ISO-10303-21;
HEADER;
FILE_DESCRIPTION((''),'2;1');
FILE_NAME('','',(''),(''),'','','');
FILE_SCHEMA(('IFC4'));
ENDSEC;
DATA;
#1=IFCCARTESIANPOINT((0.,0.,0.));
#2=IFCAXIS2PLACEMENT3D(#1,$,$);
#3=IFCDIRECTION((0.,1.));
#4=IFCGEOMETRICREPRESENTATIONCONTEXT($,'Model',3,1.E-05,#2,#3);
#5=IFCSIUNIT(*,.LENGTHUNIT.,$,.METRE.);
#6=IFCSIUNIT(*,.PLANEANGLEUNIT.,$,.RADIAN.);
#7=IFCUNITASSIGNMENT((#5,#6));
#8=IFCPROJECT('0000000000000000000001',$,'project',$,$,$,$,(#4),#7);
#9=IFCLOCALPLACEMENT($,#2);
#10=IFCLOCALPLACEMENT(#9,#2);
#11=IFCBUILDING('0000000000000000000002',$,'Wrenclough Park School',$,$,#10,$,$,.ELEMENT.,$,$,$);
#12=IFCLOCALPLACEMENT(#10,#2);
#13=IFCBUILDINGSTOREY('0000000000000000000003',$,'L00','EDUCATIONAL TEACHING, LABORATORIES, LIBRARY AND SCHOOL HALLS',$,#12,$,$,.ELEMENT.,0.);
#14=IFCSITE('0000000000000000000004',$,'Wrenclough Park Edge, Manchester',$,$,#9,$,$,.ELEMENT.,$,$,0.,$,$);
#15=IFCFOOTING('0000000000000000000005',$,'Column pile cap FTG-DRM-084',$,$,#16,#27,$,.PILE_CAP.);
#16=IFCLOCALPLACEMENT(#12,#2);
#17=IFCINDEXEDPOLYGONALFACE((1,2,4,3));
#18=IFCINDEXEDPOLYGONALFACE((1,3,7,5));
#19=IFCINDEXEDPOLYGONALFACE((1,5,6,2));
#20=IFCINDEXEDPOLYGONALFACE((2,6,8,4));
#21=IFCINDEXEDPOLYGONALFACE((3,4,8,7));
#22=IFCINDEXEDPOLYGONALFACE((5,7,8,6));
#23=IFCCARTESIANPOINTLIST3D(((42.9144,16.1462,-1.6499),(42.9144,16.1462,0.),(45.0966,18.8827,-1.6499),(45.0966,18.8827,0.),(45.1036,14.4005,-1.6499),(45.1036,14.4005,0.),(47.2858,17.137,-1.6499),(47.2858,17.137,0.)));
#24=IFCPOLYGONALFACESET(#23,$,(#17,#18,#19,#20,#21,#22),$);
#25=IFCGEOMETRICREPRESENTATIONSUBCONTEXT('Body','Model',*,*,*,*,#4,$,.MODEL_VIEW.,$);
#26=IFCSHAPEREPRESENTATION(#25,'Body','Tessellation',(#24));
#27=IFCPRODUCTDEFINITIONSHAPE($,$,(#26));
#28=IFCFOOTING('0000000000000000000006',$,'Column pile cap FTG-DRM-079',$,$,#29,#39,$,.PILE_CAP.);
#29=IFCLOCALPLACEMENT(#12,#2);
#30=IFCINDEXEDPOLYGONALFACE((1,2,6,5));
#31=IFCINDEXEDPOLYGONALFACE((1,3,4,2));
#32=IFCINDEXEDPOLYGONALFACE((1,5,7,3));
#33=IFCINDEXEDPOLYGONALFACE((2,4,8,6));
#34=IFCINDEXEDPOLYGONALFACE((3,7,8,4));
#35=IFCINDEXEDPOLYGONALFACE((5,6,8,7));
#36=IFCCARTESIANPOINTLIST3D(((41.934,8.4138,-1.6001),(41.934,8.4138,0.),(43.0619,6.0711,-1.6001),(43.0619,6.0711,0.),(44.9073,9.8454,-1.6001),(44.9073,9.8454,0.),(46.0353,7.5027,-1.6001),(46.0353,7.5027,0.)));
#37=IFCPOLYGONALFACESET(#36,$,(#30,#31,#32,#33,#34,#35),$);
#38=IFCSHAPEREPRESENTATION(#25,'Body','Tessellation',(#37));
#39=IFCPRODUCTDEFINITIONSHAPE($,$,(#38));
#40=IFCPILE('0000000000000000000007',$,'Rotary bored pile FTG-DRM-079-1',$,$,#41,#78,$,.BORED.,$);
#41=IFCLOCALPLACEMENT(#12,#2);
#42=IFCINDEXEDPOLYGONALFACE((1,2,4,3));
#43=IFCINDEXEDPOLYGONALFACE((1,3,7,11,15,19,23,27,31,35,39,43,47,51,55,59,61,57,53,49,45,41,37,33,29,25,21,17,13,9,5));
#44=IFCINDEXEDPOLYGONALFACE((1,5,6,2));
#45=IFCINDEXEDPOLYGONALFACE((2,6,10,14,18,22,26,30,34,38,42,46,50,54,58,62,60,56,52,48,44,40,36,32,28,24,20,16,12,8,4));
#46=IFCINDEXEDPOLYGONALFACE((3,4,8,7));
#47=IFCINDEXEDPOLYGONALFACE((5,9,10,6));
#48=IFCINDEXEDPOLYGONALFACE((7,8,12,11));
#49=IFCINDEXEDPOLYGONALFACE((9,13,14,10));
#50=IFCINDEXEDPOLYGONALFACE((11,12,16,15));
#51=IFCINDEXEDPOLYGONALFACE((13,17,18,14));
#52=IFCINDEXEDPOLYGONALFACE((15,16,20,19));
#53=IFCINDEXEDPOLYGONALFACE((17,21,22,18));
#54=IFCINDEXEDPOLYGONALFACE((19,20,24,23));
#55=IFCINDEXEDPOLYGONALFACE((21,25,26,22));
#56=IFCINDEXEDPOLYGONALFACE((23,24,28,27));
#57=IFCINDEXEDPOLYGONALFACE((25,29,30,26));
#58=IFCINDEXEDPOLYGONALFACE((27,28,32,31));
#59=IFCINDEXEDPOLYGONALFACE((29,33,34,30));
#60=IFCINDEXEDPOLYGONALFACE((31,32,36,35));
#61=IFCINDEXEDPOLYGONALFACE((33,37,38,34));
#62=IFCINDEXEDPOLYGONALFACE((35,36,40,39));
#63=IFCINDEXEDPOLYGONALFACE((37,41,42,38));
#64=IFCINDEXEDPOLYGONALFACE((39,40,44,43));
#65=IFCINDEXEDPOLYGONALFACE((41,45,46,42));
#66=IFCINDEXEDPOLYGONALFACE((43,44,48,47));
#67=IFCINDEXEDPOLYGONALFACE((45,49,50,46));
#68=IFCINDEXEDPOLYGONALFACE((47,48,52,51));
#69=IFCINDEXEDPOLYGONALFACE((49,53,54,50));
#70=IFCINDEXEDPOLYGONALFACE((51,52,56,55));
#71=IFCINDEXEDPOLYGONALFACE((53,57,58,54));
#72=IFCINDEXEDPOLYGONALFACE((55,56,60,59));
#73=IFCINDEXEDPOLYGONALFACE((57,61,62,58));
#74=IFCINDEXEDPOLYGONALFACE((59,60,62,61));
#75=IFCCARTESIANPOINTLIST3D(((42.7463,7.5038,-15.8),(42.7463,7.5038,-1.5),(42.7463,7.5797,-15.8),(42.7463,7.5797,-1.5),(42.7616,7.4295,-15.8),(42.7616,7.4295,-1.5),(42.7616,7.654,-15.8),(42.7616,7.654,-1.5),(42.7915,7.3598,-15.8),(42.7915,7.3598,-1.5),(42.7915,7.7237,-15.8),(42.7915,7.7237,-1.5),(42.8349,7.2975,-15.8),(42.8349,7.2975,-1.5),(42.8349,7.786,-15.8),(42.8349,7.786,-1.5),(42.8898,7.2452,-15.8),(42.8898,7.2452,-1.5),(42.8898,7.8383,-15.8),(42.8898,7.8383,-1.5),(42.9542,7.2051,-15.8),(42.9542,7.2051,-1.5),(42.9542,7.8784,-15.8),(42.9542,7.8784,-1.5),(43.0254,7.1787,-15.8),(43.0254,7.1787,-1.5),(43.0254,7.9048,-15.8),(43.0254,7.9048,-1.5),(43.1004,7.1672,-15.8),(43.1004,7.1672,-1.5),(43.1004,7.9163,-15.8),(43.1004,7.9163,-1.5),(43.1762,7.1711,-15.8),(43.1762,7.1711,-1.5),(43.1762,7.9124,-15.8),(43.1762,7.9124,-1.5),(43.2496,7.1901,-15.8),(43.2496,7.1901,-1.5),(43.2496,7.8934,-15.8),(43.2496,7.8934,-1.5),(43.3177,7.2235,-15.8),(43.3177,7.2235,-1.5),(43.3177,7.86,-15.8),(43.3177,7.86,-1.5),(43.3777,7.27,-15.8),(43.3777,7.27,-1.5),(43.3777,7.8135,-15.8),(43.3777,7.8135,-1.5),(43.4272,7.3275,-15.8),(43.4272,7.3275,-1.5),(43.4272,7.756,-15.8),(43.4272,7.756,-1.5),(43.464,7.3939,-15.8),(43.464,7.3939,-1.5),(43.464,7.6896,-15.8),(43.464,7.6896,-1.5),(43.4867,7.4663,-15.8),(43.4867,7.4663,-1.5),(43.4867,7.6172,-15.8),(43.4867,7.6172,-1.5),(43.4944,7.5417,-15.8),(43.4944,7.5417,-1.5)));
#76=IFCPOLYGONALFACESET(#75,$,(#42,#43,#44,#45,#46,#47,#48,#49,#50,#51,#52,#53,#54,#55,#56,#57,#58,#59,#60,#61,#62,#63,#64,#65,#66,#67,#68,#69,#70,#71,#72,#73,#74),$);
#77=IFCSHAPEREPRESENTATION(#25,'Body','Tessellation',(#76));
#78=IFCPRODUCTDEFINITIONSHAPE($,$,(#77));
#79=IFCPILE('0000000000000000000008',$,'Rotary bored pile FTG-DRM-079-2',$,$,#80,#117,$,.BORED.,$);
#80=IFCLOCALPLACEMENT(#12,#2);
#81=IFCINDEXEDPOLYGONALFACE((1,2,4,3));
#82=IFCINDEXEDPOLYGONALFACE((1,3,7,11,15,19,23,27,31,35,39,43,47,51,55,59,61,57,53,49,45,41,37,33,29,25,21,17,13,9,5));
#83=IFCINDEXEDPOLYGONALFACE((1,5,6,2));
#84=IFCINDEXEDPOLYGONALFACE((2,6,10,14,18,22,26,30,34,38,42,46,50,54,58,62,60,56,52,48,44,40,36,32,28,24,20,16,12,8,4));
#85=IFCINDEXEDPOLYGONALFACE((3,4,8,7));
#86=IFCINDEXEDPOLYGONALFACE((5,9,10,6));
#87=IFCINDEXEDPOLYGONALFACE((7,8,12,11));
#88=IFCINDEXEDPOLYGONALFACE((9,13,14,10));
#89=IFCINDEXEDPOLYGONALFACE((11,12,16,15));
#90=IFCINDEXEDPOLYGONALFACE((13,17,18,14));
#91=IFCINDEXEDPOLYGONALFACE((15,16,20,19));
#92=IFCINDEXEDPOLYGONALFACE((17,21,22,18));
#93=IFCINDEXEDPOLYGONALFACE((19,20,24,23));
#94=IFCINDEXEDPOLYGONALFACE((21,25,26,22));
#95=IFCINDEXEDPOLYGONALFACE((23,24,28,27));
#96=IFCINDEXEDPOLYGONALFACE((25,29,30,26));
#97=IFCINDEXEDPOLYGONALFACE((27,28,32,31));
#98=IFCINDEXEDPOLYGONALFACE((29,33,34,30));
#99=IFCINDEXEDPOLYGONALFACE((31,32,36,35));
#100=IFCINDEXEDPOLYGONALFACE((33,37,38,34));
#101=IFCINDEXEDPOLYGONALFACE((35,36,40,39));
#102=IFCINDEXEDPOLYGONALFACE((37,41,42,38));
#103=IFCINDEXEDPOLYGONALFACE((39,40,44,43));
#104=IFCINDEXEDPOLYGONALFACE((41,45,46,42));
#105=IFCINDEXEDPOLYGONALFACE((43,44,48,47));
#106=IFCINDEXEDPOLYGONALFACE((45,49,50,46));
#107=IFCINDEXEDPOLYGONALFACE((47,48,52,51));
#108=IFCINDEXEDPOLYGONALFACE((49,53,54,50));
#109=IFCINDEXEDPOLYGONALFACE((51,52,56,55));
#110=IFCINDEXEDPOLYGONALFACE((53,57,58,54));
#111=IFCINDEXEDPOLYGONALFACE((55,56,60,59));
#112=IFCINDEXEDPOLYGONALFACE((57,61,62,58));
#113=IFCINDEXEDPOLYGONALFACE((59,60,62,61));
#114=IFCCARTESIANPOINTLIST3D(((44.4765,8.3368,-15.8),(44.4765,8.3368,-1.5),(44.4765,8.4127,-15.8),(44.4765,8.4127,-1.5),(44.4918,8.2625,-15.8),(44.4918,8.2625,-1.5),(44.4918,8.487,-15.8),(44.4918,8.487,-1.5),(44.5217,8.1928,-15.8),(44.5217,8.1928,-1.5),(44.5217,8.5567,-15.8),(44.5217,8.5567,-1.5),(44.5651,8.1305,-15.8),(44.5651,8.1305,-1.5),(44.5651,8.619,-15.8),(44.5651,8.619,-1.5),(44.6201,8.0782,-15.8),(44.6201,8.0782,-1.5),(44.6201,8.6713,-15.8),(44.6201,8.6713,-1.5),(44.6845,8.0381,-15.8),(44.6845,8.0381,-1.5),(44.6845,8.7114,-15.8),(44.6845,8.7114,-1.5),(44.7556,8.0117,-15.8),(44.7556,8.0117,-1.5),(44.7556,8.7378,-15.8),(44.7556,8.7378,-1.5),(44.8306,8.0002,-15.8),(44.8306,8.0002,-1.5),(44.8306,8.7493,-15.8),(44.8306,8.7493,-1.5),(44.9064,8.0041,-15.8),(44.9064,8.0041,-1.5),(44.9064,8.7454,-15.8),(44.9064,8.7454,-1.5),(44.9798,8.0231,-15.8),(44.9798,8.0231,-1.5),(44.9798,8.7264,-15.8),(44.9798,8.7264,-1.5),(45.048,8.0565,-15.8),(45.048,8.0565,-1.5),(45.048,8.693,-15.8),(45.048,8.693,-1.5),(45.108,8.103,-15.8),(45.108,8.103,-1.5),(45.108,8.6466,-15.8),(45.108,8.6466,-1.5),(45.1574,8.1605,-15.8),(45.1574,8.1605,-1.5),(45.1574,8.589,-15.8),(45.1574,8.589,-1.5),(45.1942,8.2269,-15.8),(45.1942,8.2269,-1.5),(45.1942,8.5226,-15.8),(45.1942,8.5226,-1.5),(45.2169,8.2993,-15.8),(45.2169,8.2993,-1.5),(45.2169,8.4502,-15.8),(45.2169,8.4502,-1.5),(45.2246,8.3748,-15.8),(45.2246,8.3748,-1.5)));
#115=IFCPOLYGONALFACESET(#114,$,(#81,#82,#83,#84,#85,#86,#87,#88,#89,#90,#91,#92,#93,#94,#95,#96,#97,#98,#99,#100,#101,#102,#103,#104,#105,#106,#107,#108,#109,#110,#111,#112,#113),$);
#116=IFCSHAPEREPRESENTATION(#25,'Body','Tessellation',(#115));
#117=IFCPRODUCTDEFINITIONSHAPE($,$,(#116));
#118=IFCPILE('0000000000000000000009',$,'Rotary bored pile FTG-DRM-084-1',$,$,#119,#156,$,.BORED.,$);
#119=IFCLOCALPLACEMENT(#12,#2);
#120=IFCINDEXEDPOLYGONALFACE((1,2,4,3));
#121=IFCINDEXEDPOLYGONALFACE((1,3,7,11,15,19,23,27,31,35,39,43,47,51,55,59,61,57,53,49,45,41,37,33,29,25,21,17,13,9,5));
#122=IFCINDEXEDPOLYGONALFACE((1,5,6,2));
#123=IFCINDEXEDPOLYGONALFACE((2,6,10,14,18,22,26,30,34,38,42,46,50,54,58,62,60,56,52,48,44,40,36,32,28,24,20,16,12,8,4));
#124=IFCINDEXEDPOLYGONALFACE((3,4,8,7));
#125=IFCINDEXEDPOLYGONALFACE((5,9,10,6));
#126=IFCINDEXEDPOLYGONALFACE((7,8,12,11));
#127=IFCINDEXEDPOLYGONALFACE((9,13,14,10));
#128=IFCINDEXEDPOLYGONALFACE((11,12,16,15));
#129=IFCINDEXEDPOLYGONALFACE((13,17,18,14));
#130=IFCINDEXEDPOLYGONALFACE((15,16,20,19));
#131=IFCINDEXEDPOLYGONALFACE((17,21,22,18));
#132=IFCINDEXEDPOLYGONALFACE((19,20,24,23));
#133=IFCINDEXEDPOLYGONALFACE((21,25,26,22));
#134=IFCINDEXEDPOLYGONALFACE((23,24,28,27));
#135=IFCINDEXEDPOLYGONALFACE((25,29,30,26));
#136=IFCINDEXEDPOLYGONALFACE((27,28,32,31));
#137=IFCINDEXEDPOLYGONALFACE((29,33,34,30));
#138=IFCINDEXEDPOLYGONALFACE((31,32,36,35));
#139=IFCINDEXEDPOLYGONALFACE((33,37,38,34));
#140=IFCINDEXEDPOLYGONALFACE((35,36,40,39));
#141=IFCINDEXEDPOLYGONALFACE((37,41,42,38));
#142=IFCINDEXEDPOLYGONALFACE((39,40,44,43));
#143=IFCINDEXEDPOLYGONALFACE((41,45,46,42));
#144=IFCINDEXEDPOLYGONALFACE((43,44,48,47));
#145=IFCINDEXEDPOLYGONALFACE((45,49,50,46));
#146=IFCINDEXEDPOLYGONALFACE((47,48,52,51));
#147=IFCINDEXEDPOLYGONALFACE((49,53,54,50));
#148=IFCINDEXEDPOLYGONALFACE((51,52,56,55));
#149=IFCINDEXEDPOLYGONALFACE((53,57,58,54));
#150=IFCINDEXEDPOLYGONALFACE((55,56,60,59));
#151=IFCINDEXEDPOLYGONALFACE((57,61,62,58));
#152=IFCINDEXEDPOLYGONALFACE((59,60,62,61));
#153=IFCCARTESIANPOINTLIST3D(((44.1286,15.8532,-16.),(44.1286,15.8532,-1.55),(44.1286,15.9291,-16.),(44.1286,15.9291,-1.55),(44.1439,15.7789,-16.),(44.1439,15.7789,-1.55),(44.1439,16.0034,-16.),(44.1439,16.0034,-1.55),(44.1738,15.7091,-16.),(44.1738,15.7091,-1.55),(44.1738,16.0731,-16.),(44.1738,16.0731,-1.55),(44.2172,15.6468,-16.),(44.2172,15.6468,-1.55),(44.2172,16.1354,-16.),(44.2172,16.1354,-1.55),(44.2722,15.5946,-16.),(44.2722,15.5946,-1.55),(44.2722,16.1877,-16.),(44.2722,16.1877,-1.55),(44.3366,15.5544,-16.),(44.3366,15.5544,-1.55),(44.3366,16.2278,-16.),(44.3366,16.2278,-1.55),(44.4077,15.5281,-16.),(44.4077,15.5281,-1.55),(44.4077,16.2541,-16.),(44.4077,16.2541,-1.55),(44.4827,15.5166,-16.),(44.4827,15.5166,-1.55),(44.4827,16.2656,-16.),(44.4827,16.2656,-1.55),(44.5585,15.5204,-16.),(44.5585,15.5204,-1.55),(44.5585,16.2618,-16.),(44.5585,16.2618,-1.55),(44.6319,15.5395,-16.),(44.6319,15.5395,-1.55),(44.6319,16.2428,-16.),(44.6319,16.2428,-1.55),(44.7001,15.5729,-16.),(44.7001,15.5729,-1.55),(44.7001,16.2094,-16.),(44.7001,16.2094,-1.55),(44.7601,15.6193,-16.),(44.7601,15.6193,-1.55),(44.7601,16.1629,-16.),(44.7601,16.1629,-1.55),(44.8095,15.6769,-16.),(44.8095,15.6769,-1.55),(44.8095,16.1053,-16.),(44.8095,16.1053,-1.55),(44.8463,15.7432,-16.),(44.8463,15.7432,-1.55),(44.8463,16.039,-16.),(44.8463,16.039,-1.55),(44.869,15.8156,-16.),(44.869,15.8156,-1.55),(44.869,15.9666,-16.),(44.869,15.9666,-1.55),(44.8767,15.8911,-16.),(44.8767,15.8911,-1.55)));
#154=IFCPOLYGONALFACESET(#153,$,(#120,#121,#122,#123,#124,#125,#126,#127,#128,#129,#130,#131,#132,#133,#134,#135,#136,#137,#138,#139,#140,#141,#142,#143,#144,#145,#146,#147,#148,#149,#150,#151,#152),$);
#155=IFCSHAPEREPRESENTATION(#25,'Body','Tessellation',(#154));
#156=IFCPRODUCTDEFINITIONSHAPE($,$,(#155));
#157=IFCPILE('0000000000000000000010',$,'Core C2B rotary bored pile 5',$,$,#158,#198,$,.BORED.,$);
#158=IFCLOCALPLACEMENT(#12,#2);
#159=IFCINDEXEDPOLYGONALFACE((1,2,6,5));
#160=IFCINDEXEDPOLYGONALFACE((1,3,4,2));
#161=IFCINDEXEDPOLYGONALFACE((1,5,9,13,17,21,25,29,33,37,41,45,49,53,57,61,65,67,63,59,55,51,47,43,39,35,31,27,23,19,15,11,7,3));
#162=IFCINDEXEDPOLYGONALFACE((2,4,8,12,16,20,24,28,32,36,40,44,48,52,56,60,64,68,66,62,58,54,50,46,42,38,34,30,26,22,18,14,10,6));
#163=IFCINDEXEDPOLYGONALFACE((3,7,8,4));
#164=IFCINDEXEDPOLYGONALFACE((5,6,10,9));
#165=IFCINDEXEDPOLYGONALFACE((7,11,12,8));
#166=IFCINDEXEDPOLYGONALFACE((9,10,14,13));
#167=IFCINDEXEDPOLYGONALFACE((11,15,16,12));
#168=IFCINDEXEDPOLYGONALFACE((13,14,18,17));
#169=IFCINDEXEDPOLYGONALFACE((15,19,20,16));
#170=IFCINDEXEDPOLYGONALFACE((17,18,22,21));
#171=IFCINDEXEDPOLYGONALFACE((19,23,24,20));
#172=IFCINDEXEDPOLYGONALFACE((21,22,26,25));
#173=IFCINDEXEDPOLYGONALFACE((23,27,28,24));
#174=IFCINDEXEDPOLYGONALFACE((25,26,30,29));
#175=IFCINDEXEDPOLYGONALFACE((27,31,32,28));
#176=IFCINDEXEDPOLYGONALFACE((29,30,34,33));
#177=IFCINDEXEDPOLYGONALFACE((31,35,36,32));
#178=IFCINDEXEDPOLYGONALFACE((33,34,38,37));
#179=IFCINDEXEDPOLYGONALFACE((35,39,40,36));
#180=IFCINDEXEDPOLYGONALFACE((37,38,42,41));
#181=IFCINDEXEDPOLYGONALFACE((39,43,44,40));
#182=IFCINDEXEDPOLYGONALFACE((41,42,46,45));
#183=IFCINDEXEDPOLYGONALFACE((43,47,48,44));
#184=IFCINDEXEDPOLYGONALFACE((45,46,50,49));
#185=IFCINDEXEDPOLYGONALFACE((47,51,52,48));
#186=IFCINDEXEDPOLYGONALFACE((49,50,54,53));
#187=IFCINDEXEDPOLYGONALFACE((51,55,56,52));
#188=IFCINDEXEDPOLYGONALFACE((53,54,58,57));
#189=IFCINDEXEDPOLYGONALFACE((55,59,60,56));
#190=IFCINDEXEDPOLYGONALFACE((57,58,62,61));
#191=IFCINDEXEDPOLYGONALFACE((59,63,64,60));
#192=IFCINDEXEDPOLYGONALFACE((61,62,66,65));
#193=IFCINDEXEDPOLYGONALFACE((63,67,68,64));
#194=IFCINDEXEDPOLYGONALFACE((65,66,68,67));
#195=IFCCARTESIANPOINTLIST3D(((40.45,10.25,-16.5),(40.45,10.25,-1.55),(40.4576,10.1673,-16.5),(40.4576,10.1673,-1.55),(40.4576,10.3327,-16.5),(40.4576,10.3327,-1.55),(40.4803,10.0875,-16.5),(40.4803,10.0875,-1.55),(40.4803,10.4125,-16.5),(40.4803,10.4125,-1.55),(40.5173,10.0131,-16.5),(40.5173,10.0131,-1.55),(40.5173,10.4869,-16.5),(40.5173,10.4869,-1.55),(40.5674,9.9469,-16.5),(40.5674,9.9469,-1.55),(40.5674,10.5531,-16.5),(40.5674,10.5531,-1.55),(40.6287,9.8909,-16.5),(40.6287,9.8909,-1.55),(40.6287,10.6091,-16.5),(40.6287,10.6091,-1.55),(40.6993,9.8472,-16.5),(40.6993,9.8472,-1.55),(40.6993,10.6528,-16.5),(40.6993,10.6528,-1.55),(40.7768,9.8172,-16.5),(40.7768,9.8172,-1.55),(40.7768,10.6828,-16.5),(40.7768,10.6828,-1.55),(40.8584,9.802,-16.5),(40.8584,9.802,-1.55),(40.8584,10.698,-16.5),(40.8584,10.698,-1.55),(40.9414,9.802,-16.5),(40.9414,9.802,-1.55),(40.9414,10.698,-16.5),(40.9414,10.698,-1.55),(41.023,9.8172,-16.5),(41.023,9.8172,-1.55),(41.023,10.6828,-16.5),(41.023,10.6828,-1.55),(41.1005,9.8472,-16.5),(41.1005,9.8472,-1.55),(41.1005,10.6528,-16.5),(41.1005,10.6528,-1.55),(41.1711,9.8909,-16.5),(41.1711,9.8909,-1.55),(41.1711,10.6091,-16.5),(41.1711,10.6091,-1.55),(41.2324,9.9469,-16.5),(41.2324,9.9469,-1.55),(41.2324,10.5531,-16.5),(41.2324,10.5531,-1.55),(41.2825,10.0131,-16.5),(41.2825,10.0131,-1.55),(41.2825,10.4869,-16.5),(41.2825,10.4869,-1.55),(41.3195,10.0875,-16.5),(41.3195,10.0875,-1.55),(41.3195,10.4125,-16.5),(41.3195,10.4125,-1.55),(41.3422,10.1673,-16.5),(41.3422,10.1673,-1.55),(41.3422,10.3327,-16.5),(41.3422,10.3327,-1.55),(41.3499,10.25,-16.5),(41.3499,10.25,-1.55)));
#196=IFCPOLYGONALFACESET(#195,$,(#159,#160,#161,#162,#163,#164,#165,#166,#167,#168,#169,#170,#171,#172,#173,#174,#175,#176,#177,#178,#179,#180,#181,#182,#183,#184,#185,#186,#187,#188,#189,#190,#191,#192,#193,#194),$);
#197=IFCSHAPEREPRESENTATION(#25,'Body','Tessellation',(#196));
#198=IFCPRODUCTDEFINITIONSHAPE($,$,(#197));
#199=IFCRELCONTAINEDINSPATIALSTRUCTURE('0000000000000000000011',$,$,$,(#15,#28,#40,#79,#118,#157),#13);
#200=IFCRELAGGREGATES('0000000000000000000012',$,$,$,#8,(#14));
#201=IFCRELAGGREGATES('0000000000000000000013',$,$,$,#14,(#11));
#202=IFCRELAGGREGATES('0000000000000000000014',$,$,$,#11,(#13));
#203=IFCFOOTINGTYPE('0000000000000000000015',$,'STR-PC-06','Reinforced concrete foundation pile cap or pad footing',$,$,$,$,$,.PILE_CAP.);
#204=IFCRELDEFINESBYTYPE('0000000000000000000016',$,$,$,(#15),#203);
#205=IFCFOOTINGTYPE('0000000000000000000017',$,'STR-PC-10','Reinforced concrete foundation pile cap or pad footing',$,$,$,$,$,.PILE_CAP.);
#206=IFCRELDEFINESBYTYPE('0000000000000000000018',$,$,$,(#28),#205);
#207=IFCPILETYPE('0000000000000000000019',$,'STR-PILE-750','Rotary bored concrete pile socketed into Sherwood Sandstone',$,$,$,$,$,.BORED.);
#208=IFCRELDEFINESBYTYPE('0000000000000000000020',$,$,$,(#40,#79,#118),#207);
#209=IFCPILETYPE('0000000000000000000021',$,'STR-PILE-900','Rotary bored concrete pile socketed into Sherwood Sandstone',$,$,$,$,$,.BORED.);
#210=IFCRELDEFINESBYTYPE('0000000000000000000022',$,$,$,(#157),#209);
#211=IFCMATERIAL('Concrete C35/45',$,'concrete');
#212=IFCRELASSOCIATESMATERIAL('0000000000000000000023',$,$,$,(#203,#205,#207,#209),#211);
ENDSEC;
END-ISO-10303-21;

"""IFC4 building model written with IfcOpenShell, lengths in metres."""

from ifc_helpers import new_model, si_unit, direction, frame, origin, origin_2d, place, context, subcontext, project, spatial, rectangle, circle, extrude, material, material_profile, profile_set, type_object, element, save


model = new_model("IFC4")

# Units and contexts
model_context = context("Model", 3, precision=1e-05, world=origin(), true_north=direction((0.0, 1.0)))
body_context = subcontext(model_context, "Body", "Model", "MODEL_VIEW")
ifc_project = project(units=[si_unit("LENGTHUNIT", "METRE"), si_unit("PLANEANGLEUNIT", "RADIAN")], contexts=[model_context])

# Site, building, storey
site_placement = place(None, origin())
site = spatial("IfcSite", under=ifc_project, at=site_placement, Name="Wrenclough Park Edge, Manchester", CompositionType="ELEMENT", RefElevation=0.0)
building_placement = place(site_placement, origin())
building = spatial("IfcBuilding", under=site, at=building_placement, Name="Wrenclough Park School", CompositionType="ELEMENT")
storey_placement = place(building_placement, origin())
storey = spatial("IfcBuildingStorey", under=building, at=storey_placement, Name="L00", Description="EDUCATIONAL TEACHING, LABORATORIES, LIBRARY AND SCHOOL HALLS", CompositionType="ELEMENT", Elevation=0.0)

# Footings
ifc_material_1 = material(Name="Concrete C35/45", Category="concrete")
footing_type_1 = type_object("IfcFootingType", Name="STR-PC-06", Description="Reinforced concrete foundation pile cap or pad footing", PredefinedType="PILE_CAP", material=ifc_material_1)
footing_1_placement = place(storey_placement, frame((45.1001, 16.6416, -1.6499), z_axis=(0.0, 0.0, 1.0), x_axis=(0.62347, 0.781847, 0.0)))
element("IfcFooting", 1, at=footing_1_placement, inside=storey, type_object=footing_type_1, Name="Column pile cap FTG-DRM-084", PredefinedType="PILE_CAP", context=body_context, shape_type="SweptSolid", body=[
    extrude(rectangle(XDim=3.5, YDim=2.8, at=origin_2d()), origin(), (0.0, 0.0, 1.0), 1.6499),
])
footing_type_2 = type_object("IfcFootingType", Name="STR-PC-10", Description="Reinforced concrete foundation pile cap or pad footing", PredefinedType="PILE_CAP", material=ifc_material_1)
footing_2_placement = place(storey_placement, frame((43.9846, 7.9583, -1.6001), z_axis=(0.0, 0.0, 1.0), x_axis=(0.901001, 0.433816, 0.0)))
element("IfcFooting", 2, at=footing_2_placement, inside=storey, type_object=footing_type_2, Name="Column pile cap FTG-DRM-079", PredefinedType="PILE_CAP", context=body_context, shape_type="SweptSolid", body=[
    extrude(rectangle(XDim=3.3, YDim=2.6001, at=origin_2d()), origin(), (0.0, 0.0, 1.0), 1.6001),
])

# Piles
ifc_material_profile_1 = material_profile(ifc_material_1, circle(Radius=0.375, at=origin_2d()), Name="BORED PILE D750")
ifc_profile_set_1 = profile_set([ifc_material_profile_1], Name="Concrete C35/45")
pile_type_1 = type_object("IfcPileType", Name="STR-PILE-750", Description="Rotary bored concrete pile socketed into Sherwood Sandstone", PredefinedType="BORED", material=ifc_profile_set_1)
for number, where, z_axis, x_axis, name in (
    (3, (43.1194, 7.5417, -1.5), (0.0, 0.0, -1.0), (1.0, 0.0, 0.0), "Rotary bored pile FTG-DRM-079-1"),
    (4, (44.8496, 8.3748, -1.5), (0.0, 0.0, -1.0), (1.0, 0.0, 0.0), "Rotary bored pile FTG-DRM-079-2"),
):
    element("IfcPile", number, at=place(storey_placement, frame(where, z_axis=z_axis, x_axis=x_axis)), inside=storey, type_object=pile_type_1, Name=name, PredefinedType="BORED", context=body_context, shape_type="SweptSolid", body=[
        extrude(circle(Radius=0.375, at=origin_2d()), origin(), (0.0, 0.0, 1.0), 14.3),
    ])
pile_placement = place(storey_placement, frame((44.5017, 15.8911, -1.55), z_axis=(0.0, 0.0, -1.0), x_axis=(1.0, 0.0, 0.0)))
element("IfcPile", 5, at=pile_placement, inside=storey, type_object=pile_type_1, Name="Rotary bored pile FTG-DRM-084-1", PredefinedType="BORED", context=body_context, shape_type="SweptSolid", body=[
    extrude(circle(Radius=0.375, at=origin_2d()), origin(), (0.0, 0.0, 1.0), 14.45),
])
ifc_material_profile_2 = material_profile(ifc_material_1, circle(Radius=0.45, at=origin_2d()), Name="BORED PILE D900")
ifc_profile_set_2 = profile_set([ifc_material_profile_2], Name="Concrete C35/45")
pile_type_2 = type_object("IfcPileType", Name="STR-PILE-900", Description="Rotary bored concrete pile socketed into Sherwood Sandstone", PredefinedType="BORED", material=ifc_profile_set_2)
for number, where, z_axis, x_axis, name in (
    (6, (40.8999, 10.25, -1.55), (0.0, 0.0, -1.0), (1.0, 0.0, 0.0), "Core C2B rotary bored pile 5"),
):
    element("IfcPile", number, at=place(storey_placement, frame(where, z_axis=z_axis, x_axis=x_axis)), inside=storey, type_object=pile_type_2, Name=name, PredefinedType="BORED", context=body_context, shape_type="SweptSolid", body=[
        extrude(circle(Radius=0.45, at=origin_2d()), origin(), (0.0, 0.0, 1.0), 14.95),
    ])

save(model, "model.ifc")
